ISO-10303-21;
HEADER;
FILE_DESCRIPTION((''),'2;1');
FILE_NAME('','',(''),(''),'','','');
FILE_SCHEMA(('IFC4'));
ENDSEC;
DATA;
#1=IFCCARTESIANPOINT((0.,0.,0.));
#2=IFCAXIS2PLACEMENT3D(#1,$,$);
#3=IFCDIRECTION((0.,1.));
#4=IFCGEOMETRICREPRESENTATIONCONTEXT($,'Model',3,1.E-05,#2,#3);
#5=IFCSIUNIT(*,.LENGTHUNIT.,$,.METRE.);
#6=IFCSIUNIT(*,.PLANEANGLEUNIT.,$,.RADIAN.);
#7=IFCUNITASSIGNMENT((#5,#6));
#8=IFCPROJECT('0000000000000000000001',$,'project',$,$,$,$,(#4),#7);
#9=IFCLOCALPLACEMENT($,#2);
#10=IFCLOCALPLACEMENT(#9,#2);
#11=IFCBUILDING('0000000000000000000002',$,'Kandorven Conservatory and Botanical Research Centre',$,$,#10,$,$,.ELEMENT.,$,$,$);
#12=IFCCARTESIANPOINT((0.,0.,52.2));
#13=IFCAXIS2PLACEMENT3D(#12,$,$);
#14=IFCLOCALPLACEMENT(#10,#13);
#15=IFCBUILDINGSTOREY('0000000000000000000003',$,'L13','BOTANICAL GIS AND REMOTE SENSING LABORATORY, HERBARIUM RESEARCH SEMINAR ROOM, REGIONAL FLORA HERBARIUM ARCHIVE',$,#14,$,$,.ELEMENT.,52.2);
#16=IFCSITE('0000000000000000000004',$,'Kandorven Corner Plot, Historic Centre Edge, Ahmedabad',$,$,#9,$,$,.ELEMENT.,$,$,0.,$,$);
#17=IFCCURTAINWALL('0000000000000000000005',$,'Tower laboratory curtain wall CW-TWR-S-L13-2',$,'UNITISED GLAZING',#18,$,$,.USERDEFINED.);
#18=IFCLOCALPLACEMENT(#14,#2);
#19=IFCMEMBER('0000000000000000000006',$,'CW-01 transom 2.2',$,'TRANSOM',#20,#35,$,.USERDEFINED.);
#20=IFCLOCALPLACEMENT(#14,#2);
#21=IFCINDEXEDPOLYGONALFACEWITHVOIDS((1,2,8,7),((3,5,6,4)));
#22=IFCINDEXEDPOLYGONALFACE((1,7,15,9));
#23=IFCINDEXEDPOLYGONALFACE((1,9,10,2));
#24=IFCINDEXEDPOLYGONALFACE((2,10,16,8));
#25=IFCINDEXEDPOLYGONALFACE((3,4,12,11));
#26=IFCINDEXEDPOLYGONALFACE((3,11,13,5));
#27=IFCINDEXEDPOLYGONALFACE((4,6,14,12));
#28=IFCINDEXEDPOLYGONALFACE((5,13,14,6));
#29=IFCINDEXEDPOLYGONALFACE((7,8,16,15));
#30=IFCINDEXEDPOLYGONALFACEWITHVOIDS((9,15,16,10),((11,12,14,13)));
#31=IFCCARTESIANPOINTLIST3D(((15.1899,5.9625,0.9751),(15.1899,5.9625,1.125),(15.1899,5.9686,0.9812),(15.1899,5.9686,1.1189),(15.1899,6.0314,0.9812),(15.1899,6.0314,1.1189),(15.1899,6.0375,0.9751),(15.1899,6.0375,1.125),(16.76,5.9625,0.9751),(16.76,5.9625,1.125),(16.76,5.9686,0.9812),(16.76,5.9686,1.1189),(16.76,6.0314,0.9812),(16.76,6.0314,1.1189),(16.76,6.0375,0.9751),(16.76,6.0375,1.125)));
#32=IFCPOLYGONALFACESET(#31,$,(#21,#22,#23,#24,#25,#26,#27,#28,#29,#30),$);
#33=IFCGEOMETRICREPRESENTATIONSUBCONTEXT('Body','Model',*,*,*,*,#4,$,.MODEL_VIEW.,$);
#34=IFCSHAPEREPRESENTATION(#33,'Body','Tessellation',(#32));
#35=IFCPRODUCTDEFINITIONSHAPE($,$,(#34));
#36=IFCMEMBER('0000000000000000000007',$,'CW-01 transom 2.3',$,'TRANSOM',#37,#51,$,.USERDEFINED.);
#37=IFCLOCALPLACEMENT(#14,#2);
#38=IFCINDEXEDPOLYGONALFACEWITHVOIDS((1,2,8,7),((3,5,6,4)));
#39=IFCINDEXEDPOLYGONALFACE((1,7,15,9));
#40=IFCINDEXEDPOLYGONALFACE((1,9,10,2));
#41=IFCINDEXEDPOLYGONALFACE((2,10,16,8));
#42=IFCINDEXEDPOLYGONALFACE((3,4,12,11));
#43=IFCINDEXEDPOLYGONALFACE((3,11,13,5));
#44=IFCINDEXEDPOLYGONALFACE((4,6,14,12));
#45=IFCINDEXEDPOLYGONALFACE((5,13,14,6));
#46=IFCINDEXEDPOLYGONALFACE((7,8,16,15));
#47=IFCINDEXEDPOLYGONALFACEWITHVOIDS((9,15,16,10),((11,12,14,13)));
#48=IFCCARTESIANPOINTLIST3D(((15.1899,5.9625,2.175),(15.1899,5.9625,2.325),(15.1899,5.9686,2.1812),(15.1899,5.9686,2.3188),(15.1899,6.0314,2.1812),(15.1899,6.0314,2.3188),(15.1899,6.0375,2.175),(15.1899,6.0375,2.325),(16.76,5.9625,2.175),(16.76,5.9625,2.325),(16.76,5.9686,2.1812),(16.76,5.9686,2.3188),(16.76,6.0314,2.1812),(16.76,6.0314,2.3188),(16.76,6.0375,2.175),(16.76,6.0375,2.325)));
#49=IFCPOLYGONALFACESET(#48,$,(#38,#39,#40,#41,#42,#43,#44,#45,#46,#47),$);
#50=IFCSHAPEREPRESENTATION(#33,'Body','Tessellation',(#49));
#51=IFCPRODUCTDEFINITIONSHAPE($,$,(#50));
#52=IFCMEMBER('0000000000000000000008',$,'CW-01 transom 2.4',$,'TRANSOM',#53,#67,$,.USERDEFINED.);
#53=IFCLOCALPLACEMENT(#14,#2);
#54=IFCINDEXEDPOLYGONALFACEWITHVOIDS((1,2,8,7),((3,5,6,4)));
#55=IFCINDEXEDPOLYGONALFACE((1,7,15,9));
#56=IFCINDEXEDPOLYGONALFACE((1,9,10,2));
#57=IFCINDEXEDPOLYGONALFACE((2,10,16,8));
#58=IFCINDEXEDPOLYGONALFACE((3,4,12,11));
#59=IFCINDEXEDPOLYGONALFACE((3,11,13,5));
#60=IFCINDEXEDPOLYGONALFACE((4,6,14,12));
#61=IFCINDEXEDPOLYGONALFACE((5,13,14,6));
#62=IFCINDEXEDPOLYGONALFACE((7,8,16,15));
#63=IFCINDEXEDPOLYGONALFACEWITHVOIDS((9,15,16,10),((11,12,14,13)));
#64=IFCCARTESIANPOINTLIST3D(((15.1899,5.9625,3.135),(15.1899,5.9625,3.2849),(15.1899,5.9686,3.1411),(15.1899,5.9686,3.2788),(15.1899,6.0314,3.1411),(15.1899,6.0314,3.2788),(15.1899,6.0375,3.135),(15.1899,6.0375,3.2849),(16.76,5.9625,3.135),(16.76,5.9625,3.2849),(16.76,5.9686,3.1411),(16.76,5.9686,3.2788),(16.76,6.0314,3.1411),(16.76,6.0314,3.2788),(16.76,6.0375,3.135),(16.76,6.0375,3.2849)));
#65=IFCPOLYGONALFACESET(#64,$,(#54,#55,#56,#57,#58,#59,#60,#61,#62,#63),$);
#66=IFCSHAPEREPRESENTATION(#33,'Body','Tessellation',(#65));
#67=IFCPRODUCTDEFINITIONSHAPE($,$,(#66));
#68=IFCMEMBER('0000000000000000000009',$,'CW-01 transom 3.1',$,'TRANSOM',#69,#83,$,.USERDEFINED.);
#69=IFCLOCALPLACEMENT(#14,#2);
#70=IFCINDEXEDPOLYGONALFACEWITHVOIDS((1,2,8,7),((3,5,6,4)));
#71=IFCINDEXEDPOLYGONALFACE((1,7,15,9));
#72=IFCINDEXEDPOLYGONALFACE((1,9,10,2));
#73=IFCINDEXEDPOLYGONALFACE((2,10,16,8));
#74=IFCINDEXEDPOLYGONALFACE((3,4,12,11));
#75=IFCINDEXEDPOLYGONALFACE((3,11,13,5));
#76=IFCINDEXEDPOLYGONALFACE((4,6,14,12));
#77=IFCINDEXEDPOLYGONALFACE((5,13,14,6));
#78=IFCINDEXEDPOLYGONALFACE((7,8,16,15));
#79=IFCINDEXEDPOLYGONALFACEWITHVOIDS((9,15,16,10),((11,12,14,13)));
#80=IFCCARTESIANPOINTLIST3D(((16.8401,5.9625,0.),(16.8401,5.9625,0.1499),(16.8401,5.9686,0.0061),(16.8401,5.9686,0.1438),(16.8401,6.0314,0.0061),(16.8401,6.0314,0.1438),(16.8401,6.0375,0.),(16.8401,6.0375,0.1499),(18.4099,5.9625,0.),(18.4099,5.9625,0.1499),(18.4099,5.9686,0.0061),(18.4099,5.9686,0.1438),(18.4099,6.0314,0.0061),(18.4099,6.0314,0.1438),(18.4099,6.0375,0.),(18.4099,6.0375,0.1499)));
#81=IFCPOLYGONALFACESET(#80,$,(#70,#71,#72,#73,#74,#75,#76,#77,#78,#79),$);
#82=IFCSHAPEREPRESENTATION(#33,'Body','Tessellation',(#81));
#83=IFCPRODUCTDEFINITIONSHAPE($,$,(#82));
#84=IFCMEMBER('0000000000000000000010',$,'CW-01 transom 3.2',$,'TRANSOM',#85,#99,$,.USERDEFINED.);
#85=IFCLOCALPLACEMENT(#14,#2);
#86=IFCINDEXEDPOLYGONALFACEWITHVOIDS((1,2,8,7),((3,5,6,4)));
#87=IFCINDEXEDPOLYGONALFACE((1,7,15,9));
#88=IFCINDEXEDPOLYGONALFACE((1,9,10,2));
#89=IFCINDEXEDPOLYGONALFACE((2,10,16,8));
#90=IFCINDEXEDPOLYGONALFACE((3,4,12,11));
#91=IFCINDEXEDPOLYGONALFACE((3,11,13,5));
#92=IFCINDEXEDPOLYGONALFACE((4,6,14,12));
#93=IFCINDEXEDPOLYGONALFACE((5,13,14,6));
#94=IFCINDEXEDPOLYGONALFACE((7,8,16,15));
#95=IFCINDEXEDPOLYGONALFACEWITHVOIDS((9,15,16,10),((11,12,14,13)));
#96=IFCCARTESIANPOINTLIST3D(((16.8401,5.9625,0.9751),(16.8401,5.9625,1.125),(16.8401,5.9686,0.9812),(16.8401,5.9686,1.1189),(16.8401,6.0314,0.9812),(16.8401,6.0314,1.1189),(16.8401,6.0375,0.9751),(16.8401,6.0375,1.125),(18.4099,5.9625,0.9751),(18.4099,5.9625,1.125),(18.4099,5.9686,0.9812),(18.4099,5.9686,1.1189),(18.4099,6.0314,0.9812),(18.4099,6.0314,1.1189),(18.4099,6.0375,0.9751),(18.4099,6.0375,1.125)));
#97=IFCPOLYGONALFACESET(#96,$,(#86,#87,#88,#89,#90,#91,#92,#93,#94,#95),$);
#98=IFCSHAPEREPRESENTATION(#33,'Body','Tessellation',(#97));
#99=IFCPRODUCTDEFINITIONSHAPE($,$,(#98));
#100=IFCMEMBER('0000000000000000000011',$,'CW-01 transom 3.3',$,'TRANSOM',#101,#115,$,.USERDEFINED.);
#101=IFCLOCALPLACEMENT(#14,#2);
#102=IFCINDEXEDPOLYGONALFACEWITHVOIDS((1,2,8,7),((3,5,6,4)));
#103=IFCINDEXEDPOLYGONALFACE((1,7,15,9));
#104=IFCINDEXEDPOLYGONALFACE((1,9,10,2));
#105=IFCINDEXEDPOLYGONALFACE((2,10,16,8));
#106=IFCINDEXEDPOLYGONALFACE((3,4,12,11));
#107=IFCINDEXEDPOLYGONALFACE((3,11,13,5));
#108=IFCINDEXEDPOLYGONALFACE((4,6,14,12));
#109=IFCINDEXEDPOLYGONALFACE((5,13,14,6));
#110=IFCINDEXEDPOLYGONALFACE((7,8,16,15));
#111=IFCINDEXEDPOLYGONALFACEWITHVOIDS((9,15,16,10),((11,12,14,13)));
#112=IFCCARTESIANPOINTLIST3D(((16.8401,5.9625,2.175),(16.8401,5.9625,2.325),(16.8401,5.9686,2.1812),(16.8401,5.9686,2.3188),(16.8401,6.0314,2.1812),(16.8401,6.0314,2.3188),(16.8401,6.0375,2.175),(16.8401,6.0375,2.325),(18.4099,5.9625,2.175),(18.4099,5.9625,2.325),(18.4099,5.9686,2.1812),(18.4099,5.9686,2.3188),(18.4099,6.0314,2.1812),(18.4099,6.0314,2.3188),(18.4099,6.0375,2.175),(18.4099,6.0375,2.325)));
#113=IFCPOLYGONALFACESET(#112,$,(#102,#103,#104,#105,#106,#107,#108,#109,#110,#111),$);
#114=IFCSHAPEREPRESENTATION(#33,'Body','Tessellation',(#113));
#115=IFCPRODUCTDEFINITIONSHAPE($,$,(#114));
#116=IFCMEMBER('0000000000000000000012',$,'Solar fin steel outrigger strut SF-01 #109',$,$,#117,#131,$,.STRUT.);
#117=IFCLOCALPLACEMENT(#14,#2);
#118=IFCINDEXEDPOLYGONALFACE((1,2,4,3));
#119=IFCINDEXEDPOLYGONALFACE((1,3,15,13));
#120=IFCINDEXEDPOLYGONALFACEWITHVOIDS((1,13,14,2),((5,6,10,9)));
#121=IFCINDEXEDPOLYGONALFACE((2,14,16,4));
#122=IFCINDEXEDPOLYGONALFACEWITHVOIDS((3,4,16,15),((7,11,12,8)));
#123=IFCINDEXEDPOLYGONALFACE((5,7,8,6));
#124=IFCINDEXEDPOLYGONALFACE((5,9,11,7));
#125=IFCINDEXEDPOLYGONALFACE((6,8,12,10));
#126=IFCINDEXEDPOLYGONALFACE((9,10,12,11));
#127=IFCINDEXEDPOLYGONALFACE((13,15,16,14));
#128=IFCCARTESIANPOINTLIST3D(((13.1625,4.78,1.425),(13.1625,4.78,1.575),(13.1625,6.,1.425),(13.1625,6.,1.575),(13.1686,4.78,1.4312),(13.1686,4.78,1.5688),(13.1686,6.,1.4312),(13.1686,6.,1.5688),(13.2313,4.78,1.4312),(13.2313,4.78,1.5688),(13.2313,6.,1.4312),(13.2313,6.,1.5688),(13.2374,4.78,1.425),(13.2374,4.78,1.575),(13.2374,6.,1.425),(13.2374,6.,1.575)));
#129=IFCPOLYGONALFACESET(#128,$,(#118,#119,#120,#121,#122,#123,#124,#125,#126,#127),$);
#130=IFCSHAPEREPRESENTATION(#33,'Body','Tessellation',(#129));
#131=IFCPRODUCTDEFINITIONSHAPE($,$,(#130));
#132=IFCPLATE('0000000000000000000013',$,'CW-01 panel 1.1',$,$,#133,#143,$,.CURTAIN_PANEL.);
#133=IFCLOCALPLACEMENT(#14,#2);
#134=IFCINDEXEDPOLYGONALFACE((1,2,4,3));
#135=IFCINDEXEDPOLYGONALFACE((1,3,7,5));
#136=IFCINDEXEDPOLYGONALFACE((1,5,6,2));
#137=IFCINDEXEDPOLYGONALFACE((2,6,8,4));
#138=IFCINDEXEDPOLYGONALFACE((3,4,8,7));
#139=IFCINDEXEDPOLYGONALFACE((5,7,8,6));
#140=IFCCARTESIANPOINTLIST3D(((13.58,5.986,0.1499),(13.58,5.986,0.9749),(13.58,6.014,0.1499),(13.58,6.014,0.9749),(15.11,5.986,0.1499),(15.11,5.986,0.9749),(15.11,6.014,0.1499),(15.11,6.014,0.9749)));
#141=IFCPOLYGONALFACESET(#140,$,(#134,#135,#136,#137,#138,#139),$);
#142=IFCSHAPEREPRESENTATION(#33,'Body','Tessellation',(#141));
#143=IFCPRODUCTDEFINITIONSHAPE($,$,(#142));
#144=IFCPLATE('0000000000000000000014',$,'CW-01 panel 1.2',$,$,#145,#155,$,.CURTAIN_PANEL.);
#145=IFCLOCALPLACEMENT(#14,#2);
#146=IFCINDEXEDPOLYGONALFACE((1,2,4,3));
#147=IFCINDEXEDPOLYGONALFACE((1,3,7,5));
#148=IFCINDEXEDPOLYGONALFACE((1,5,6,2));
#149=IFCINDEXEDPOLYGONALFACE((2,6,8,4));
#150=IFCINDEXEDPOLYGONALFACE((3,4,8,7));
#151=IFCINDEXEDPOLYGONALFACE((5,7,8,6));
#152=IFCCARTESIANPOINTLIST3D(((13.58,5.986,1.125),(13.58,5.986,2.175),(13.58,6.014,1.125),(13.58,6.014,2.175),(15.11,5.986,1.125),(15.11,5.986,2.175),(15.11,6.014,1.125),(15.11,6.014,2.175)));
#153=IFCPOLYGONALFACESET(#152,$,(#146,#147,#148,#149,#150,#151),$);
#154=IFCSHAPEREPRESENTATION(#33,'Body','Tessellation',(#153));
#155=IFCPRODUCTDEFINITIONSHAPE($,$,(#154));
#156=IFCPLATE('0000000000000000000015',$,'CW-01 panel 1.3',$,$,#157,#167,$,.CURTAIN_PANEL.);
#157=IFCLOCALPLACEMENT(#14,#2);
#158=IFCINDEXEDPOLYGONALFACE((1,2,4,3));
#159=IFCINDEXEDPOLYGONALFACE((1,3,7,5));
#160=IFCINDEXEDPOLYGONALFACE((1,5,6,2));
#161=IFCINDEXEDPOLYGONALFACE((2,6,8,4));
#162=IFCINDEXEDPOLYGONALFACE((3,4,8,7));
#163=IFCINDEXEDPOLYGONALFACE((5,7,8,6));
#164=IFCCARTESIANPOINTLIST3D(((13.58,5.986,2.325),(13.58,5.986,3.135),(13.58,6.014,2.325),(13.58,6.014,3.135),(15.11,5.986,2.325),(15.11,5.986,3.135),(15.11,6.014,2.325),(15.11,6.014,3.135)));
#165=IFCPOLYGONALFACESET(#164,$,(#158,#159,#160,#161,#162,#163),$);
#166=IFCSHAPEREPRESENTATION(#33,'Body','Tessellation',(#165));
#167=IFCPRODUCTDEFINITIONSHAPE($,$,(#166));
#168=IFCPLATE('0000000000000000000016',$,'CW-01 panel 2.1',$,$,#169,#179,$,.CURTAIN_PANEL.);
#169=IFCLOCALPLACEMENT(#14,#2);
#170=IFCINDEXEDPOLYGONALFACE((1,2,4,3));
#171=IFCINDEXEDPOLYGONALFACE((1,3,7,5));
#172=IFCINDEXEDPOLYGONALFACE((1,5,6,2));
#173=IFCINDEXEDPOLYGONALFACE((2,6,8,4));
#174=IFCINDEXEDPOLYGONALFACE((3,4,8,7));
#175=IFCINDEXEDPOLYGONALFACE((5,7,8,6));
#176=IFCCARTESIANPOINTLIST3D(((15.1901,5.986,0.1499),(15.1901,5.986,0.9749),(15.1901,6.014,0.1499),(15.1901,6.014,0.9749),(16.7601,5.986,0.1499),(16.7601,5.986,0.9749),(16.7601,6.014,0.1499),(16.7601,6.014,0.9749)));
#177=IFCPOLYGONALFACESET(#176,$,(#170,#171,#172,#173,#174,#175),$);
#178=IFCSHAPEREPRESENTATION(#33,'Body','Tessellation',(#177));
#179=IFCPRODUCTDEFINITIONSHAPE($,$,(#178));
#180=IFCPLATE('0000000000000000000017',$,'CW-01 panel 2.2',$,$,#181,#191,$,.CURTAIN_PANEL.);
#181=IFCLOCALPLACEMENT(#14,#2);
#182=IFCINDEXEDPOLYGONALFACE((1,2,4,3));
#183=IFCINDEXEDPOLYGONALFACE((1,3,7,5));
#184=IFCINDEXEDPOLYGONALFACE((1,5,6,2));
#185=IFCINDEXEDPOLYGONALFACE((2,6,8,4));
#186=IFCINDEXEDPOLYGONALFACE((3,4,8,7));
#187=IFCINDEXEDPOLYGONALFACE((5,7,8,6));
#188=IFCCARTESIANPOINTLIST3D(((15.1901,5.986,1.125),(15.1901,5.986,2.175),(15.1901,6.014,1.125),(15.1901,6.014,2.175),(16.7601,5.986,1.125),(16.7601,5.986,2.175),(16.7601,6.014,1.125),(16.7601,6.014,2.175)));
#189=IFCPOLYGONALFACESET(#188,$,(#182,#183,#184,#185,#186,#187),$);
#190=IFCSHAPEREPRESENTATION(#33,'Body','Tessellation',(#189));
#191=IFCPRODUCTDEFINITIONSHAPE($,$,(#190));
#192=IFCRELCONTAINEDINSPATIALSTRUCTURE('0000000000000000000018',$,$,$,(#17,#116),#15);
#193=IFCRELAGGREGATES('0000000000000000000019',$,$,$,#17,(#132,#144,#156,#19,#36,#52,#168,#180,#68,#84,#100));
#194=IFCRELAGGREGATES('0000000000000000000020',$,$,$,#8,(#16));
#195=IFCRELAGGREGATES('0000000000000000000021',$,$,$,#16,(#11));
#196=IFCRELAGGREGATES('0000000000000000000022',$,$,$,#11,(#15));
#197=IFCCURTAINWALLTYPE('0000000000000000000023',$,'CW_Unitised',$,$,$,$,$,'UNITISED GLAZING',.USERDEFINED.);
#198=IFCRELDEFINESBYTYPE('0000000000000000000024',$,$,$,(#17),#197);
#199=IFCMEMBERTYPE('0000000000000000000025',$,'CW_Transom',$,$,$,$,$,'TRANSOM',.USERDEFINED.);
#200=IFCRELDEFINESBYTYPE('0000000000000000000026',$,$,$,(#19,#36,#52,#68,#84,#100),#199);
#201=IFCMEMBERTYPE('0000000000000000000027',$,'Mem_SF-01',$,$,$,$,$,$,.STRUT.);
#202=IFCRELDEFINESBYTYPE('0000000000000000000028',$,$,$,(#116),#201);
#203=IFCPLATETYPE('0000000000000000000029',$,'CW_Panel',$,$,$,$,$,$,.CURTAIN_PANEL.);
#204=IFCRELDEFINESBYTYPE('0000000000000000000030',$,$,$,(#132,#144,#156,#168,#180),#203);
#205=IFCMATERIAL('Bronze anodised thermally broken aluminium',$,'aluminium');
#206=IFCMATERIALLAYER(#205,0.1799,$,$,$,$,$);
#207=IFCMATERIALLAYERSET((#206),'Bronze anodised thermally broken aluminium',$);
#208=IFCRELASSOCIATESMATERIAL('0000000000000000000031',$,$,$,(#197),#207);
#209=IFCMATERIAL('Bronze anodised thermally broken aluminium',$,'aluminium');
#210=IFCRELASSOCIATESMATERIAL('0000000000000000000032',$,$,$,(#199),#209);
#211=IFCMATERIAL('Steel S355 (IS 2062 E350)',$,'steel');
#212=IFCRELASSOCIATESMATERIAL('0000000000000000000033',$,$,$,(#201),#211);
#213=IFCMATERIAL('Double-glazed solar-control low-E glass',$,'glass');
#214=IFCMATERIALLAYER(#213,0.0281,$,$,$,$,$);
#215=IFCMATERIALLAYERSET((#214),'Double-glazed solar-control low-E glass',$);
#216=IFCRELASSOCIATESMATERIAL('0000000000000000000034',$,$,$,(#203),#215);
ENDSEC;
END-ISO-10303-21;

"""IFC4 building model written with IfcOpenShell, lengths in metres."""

from ifc_helpers import new_model, si_unit, direction, frame, origin, origin_2d, place, context, subcontext, project, spatial, rectangle, hollow_rectangle, extrude, material, layer, layer_set, material_profile, profile_set, type_object, element, aggregate, save


model = new_model("IFC4")

# Units and contexts
model_context = context("Model", 3, precision=1e-05, world=origin(), true_north=direction((0.0, 1.0)))
body_context = subcontext(model_context, "Body", "Model", "MODEL_VIEW")
ifc_project = project(units=[si_unit("LENGTHUNIT", "METRE"), si_unit("PLANEANGLEUNIT", "RADIAN")], contexts=[model_context])

# Site, building, storey
site_placement = place(None, origin())
site = spatial("IfcSite", under=ifc_project, at=site_placement, Name="Kandorven Corner Plot, Historic Centre Edge, Ahmedabad", CompositionType="ELEMENT", RefElevation=0.0)
building_placement = place(site_placement, origin())
building = spatial("IfcBuilding", under=site, at=building_placement, Name="Kandorven Conservatory and Botanical Research Centre", CompositionType="ELEMENT")
storey_placement = place(building_placement, frame((0.0, 0.0, 52.2)))
storey = spatial("IfcBuildingStorey", under=building, at=storey_placement, Name="L13", Description="BOTANICAL GIS AND REMOTE SENSING LABORATORY, HERBARIUM RESEARCH SEMINAR ROOM, REGIONAL FLORA HERBARIUM ARCHIVE", CompositionType="ELEMENT", Elevation=52.2)

# Curtain wall, members
ifc_material_1 = material(Name="Bronze anodised thermally broken aluminium", Category="aluminium")
ifc_layer_1 = layer(ifc_material_1, 0.1799)
ifc_layer_set_1 = layer_set([ifc_layer_1], Name="Bronze anodised thermally broken aluminium")
curtain_wall_type = type_object("IfcCurtainWallType", Name="CW_Unitised", ElementType="UNITISED GLAZING", PredefinedType="USERDEFINED", material=ifc_layer_set_1)
curtain_wall_placement = place(storey_placement, origin())
curtain_wall = element("IfcCurtainWall", 1, at=curtain_wall_placement, inside=storey, type_object=curtain_wall_type, Name="Tower laboratory curtain wall CW-TWR-S-L13-2", ObjectType="UNITISED GLAZING", PredefinedType="USERDEFINED")
ifc_material_2 = material(Name="Bronze anodised thermally broken aluminium", Category="aluminium")
ifc_material_profile_1 = material_profile(ifc_material_2, hollow_rectangle(XDim=0.075, YDim=0.1499, WallThickness=0.0061, at=origin_2d()))
ifc_profile_set_1 = profile_set([ifc_material_profile_1], Name="Bronze anodised thermally broken aluminium")
member_type_1 = type_object("IfcMemberType", Name="CW_Transom", ElementType="TRANSOM", PredefinedType="USERDEFINED", material=ifc_profile_set_1)
member_1_placement = place(storey_placement, frame((15.1899, 6.0, 1.05), z_axis=(1.0, 0.0, 0.0), x_axis=(0.0, 1.0, 0.0)))
member_1 = element("IfcMember", 2, at=member_1_placement, type_object=member_type_1, Name="CW-01 transom 2.2", ObjectType="TRANSOM", PredefinedType="USERDEFINED", context=body_context, shape_type="SweptSolid", body=[
    extrude(hollow_rectangle(XDim=0.075, YDim=0.1499, WallThickness=0.0061, at=origin_2d()), origin(), (0.0, 0.0, 1.0), 1.5701),
])
member_2_placement = place(storey_placement, frame((15.1899, 6.0, 2.25), z_axis=(1.0, 0.0, 0.0), x_axis=(0.0, 1.0, 0.0)))
member_2 = element("IfcMember", 3, at=member_2_placement, type_object=member_type_1, Name="CW-01 transom 2.3", ObjectType="TRANSOM", PredefinedType="USERDEFINED", context=body_context, shape_type="SweptSolid", body=[
    extrude(hollow_rectangle(XDim=0.075, YDim=0.1499, WallThickness=0.0061, at=origin_2d()), origin(), (0.0, 0.0, 1.0), 1.5701),
])
member_3_placement = place(storey_placement, frame((15.1899, 6.0, 3.21), z_axis=(1.0, 0.0, 0.0), x_axis=(0.0, 1.0, 0.0)))
member_3 = element("IfcMember", 4, at=member_3_placement, type_object=member_type_1, Name="CW-01 transom 2.4", ObjectType="TRANSOM", PredefinedType="USERDEFINED", context=body_context, shape_type="SweptSolid", body=[
    extrude(hollow_rectangle(XDim=0.075, YDim=0.1499, WallThickness=0.0061, at=origin_2d()), origin(), (0.0, 0.0, 1.0), 1.5701),
])
member_4_placement = place(storey_placement, frame((16.8401, 6.0, 0.075), z_axis=(1.0, 0.0, 0.0), x_axis=(0.0, 1.0, 0.0)))
member_4 = element("IfcMember", 5, at=member_4_placement, type_object=member_type_1, Name="CW-01 transom 3.1", ObjectType="TRANSOM", PredefinedType="USERDEFINED", context=body_context, shape_type="SweptSolid", body=[
    extrude(hollow_rectangle(XDim=0.075, YDim=0.1499, WallThickness=0.0061, at=origin_2d()), origin(), (0.0, 0.0, 1.0), 1.5698),
])
member_5_placement = place(storey_placement, frame((16.8401, 6.0, 1.05), z_axis=(1.0, 0.0, 0.0), x_axis=(0.0, 1.0, 0.0)))
member_5 = element("IfcMember", 6, at=member_5_placement, type_object=member_type_1, Name="CW-01 transom 3.2", ObjectType="TRANSOM", PredefinedType="USERDEFINED", context=body_context, shape_type="SweptSolid", body=[
    extrude(hollow_rectangle(XDim=0.075, YDim=0.1499, WallThickness=0.0061, at=origin_2d()), origin(), (0.0, 0.0, 1.0), 1.5698),
])
member_6_placement = place(storey_placement, frame((16.8401, 6.0, 2.25), z_axis=(1.0, 0.0, 0.0), x_axis=(0.0, 1.0, 0.0)))
member_6 = element("IfcMember", 7, at=member_6_placement, type_object=member_type_1, Name="CW-01 transom 3.3", ObjectType="TRANSOM", PredefinedType="USERDEFINED", context=body_context, shape_type="SweptSolid", body=[
    extrude(hollow_rectangle(XDim=0.075, YDim=0.1499, WallThickness=0.0061, at=origin_2d()), origin(), (0.0, 0.0, 1.0), 1.5698),
])

# Member
ifc_material_3 = material(Name="Steel S355 (IS 2062 E350)", Category="steel")
ifc_material_profile_2 = material_profile(ifc_material_3, hollow_rectangle(XDim=0.075, YDim=0.1499, WallThickness=0.0061, at=origin_2d()))
ifc_profile_set_2 = profile_set([ifc_material_profile_2], Name="Steel S355 (IS 2062 E350)")
member_type_2 = type_object("IfcMemberType", Name="Mem_SF-01", PredefinedType="STRUT", material=ifc_profile_set_2)
member_7_placement = place(storey_placement, frame((13.2, 6.0, 1.5), z_axis=(0.0, -1.0, 0.0), x_axis=(1.0, 0.0, 0.0)))
element("IfcMember", 8, at=member_7_placement, inside=storey, type_object=member_type_2, Name="Solar fin steel outrigger strut SF-01 #109", PredefinedType="STRUT", context=body_context, shape_type="SweptSolid", body=[
    extrude(hollow_rectangle(XDim=0.075, YDim=0.1499, WallThickness=0.0061, at=origin_2d()), origin(), (0.0, 0.0, 1.0), 1.22),
])

# Plates
ifc_material_4 = material(Name="Double-glazed solar-control low-E glass", Category="glass")
ifc_layer_2 = layer(ifc_material_4, 0.0281)
ifc_layer_set_2 = layer_set([ifc_layer_2], Name="Double-glazed solar-control low-E glass")
plate_type_1 = type_object("IfcPlateType", Name="CW_Panel", PredefinedType="CURTAIN_PANEL", material=ifc_layer_set_2)
plate_1_placement = place(storey_placement, frame((14.345, 6.0, 0.1499), z_axis=(0.0, 0.0, 1.0), x_axis=(1.0, 0.0, 0.0)))
plate_1 = element("IfcPlate", 9, at=plate_1_placement, type_object=plate_type_1, Name="CW-01 panel 1.1", PredefinedType="CURTAIN_PANEL", context=body_context, shape_type="SweptSolid", body=[
    extrude(rectangle(XDim=1.53, YDim=0.0281, at=origin_2d()), origin(), (0.0, 0.0, 1.0), 0.825),
])
plate_2_placement = place(storey_placement, frame((14.345, 6.0, 1.125), z_axis=(0.0, 0.0, 1.0), x_axis=(1.0, 0.0, 0.0)))
plate_2 = element("IfcPlate", 10, at=plate_2_placement, type_object=plate_type_1, Name="CW-01 panel 1.2", PredefinedType="CURTAIN_PANEL", context=body_context, shape_type="SweptSolid", body=[
    extrude(rectangle(XDim=1.53, YDim=0.0281, at=origin_2d()), origin(), (0.0, 0.0, 1.0), 1.05),
])
plate_3_placement = place(storey_placement, frame((14.345, 6.0, 2.325), z_axis=(0.0, 0.0, 1.0), x_axis=(1.0, 0.0, 0.0)))
plate_3 = element("IfcPlate", 11, at=plate_3_placement, type_object=plate_type_1, Name="CW-01 panel 1.3", PredefinedType="CURTAIN_PANEL", context=body_context, shape_type="SweptSolid", body=[
    extrude(rectangle(XDim=1.53, YDim=0.0281, at=origin_2d()), origin(), (0.0, 0.0, 1.0), 0.8101),
])
plate_4_placement = place(storey_placement, frame((15.9751, 6.0, 0.1499), z_axis=(0.0, 0.0, 1.0), x_axis=(1.0, 0.0, 0.0)))
plate_4 = element("IfcPlate", 12, at=plate_4_placement, type_object=plate_type_1, Name="CW-01 panel 2.1", PredefinedType="CURTAIN_PANEL", context=body_context, shape_type="SweptSolid", body=[
    extrude(rectangle(XDim=1.5701, YDim=0.0281, at=origin_2d()), origin(), (0.0, 0.0, 1.0), 0.825),
])
plate_5_placement = place(storey_placement, frame((15.9751, 6.0, 1.125), z_axis=(0.0, 0.0, 1.0), x_axis=(1.0, 0.0, 0.0)))
plate_5 = element("IfcPlate", 13, at=plate_5_placement, type_object=plate_type_1, Name="CW-01 panel 2.2", PredefinedType="CURTAIN_PANEL", context=body_context, shape_type="SweptSolid", body=[
    extrude(rectangle(XDim=1.5701, YDim=0.0281, at=origin_2d()), origin(), (0.0, 0.0, 1.0), 1.05),
])
aggregate(curtain_wall, [plate_1, plate_2, plate_3, member_1, member_2, member_3, plate_4, plate_5, member_4, member_5, member_6])

save(model, "model.ifc")
